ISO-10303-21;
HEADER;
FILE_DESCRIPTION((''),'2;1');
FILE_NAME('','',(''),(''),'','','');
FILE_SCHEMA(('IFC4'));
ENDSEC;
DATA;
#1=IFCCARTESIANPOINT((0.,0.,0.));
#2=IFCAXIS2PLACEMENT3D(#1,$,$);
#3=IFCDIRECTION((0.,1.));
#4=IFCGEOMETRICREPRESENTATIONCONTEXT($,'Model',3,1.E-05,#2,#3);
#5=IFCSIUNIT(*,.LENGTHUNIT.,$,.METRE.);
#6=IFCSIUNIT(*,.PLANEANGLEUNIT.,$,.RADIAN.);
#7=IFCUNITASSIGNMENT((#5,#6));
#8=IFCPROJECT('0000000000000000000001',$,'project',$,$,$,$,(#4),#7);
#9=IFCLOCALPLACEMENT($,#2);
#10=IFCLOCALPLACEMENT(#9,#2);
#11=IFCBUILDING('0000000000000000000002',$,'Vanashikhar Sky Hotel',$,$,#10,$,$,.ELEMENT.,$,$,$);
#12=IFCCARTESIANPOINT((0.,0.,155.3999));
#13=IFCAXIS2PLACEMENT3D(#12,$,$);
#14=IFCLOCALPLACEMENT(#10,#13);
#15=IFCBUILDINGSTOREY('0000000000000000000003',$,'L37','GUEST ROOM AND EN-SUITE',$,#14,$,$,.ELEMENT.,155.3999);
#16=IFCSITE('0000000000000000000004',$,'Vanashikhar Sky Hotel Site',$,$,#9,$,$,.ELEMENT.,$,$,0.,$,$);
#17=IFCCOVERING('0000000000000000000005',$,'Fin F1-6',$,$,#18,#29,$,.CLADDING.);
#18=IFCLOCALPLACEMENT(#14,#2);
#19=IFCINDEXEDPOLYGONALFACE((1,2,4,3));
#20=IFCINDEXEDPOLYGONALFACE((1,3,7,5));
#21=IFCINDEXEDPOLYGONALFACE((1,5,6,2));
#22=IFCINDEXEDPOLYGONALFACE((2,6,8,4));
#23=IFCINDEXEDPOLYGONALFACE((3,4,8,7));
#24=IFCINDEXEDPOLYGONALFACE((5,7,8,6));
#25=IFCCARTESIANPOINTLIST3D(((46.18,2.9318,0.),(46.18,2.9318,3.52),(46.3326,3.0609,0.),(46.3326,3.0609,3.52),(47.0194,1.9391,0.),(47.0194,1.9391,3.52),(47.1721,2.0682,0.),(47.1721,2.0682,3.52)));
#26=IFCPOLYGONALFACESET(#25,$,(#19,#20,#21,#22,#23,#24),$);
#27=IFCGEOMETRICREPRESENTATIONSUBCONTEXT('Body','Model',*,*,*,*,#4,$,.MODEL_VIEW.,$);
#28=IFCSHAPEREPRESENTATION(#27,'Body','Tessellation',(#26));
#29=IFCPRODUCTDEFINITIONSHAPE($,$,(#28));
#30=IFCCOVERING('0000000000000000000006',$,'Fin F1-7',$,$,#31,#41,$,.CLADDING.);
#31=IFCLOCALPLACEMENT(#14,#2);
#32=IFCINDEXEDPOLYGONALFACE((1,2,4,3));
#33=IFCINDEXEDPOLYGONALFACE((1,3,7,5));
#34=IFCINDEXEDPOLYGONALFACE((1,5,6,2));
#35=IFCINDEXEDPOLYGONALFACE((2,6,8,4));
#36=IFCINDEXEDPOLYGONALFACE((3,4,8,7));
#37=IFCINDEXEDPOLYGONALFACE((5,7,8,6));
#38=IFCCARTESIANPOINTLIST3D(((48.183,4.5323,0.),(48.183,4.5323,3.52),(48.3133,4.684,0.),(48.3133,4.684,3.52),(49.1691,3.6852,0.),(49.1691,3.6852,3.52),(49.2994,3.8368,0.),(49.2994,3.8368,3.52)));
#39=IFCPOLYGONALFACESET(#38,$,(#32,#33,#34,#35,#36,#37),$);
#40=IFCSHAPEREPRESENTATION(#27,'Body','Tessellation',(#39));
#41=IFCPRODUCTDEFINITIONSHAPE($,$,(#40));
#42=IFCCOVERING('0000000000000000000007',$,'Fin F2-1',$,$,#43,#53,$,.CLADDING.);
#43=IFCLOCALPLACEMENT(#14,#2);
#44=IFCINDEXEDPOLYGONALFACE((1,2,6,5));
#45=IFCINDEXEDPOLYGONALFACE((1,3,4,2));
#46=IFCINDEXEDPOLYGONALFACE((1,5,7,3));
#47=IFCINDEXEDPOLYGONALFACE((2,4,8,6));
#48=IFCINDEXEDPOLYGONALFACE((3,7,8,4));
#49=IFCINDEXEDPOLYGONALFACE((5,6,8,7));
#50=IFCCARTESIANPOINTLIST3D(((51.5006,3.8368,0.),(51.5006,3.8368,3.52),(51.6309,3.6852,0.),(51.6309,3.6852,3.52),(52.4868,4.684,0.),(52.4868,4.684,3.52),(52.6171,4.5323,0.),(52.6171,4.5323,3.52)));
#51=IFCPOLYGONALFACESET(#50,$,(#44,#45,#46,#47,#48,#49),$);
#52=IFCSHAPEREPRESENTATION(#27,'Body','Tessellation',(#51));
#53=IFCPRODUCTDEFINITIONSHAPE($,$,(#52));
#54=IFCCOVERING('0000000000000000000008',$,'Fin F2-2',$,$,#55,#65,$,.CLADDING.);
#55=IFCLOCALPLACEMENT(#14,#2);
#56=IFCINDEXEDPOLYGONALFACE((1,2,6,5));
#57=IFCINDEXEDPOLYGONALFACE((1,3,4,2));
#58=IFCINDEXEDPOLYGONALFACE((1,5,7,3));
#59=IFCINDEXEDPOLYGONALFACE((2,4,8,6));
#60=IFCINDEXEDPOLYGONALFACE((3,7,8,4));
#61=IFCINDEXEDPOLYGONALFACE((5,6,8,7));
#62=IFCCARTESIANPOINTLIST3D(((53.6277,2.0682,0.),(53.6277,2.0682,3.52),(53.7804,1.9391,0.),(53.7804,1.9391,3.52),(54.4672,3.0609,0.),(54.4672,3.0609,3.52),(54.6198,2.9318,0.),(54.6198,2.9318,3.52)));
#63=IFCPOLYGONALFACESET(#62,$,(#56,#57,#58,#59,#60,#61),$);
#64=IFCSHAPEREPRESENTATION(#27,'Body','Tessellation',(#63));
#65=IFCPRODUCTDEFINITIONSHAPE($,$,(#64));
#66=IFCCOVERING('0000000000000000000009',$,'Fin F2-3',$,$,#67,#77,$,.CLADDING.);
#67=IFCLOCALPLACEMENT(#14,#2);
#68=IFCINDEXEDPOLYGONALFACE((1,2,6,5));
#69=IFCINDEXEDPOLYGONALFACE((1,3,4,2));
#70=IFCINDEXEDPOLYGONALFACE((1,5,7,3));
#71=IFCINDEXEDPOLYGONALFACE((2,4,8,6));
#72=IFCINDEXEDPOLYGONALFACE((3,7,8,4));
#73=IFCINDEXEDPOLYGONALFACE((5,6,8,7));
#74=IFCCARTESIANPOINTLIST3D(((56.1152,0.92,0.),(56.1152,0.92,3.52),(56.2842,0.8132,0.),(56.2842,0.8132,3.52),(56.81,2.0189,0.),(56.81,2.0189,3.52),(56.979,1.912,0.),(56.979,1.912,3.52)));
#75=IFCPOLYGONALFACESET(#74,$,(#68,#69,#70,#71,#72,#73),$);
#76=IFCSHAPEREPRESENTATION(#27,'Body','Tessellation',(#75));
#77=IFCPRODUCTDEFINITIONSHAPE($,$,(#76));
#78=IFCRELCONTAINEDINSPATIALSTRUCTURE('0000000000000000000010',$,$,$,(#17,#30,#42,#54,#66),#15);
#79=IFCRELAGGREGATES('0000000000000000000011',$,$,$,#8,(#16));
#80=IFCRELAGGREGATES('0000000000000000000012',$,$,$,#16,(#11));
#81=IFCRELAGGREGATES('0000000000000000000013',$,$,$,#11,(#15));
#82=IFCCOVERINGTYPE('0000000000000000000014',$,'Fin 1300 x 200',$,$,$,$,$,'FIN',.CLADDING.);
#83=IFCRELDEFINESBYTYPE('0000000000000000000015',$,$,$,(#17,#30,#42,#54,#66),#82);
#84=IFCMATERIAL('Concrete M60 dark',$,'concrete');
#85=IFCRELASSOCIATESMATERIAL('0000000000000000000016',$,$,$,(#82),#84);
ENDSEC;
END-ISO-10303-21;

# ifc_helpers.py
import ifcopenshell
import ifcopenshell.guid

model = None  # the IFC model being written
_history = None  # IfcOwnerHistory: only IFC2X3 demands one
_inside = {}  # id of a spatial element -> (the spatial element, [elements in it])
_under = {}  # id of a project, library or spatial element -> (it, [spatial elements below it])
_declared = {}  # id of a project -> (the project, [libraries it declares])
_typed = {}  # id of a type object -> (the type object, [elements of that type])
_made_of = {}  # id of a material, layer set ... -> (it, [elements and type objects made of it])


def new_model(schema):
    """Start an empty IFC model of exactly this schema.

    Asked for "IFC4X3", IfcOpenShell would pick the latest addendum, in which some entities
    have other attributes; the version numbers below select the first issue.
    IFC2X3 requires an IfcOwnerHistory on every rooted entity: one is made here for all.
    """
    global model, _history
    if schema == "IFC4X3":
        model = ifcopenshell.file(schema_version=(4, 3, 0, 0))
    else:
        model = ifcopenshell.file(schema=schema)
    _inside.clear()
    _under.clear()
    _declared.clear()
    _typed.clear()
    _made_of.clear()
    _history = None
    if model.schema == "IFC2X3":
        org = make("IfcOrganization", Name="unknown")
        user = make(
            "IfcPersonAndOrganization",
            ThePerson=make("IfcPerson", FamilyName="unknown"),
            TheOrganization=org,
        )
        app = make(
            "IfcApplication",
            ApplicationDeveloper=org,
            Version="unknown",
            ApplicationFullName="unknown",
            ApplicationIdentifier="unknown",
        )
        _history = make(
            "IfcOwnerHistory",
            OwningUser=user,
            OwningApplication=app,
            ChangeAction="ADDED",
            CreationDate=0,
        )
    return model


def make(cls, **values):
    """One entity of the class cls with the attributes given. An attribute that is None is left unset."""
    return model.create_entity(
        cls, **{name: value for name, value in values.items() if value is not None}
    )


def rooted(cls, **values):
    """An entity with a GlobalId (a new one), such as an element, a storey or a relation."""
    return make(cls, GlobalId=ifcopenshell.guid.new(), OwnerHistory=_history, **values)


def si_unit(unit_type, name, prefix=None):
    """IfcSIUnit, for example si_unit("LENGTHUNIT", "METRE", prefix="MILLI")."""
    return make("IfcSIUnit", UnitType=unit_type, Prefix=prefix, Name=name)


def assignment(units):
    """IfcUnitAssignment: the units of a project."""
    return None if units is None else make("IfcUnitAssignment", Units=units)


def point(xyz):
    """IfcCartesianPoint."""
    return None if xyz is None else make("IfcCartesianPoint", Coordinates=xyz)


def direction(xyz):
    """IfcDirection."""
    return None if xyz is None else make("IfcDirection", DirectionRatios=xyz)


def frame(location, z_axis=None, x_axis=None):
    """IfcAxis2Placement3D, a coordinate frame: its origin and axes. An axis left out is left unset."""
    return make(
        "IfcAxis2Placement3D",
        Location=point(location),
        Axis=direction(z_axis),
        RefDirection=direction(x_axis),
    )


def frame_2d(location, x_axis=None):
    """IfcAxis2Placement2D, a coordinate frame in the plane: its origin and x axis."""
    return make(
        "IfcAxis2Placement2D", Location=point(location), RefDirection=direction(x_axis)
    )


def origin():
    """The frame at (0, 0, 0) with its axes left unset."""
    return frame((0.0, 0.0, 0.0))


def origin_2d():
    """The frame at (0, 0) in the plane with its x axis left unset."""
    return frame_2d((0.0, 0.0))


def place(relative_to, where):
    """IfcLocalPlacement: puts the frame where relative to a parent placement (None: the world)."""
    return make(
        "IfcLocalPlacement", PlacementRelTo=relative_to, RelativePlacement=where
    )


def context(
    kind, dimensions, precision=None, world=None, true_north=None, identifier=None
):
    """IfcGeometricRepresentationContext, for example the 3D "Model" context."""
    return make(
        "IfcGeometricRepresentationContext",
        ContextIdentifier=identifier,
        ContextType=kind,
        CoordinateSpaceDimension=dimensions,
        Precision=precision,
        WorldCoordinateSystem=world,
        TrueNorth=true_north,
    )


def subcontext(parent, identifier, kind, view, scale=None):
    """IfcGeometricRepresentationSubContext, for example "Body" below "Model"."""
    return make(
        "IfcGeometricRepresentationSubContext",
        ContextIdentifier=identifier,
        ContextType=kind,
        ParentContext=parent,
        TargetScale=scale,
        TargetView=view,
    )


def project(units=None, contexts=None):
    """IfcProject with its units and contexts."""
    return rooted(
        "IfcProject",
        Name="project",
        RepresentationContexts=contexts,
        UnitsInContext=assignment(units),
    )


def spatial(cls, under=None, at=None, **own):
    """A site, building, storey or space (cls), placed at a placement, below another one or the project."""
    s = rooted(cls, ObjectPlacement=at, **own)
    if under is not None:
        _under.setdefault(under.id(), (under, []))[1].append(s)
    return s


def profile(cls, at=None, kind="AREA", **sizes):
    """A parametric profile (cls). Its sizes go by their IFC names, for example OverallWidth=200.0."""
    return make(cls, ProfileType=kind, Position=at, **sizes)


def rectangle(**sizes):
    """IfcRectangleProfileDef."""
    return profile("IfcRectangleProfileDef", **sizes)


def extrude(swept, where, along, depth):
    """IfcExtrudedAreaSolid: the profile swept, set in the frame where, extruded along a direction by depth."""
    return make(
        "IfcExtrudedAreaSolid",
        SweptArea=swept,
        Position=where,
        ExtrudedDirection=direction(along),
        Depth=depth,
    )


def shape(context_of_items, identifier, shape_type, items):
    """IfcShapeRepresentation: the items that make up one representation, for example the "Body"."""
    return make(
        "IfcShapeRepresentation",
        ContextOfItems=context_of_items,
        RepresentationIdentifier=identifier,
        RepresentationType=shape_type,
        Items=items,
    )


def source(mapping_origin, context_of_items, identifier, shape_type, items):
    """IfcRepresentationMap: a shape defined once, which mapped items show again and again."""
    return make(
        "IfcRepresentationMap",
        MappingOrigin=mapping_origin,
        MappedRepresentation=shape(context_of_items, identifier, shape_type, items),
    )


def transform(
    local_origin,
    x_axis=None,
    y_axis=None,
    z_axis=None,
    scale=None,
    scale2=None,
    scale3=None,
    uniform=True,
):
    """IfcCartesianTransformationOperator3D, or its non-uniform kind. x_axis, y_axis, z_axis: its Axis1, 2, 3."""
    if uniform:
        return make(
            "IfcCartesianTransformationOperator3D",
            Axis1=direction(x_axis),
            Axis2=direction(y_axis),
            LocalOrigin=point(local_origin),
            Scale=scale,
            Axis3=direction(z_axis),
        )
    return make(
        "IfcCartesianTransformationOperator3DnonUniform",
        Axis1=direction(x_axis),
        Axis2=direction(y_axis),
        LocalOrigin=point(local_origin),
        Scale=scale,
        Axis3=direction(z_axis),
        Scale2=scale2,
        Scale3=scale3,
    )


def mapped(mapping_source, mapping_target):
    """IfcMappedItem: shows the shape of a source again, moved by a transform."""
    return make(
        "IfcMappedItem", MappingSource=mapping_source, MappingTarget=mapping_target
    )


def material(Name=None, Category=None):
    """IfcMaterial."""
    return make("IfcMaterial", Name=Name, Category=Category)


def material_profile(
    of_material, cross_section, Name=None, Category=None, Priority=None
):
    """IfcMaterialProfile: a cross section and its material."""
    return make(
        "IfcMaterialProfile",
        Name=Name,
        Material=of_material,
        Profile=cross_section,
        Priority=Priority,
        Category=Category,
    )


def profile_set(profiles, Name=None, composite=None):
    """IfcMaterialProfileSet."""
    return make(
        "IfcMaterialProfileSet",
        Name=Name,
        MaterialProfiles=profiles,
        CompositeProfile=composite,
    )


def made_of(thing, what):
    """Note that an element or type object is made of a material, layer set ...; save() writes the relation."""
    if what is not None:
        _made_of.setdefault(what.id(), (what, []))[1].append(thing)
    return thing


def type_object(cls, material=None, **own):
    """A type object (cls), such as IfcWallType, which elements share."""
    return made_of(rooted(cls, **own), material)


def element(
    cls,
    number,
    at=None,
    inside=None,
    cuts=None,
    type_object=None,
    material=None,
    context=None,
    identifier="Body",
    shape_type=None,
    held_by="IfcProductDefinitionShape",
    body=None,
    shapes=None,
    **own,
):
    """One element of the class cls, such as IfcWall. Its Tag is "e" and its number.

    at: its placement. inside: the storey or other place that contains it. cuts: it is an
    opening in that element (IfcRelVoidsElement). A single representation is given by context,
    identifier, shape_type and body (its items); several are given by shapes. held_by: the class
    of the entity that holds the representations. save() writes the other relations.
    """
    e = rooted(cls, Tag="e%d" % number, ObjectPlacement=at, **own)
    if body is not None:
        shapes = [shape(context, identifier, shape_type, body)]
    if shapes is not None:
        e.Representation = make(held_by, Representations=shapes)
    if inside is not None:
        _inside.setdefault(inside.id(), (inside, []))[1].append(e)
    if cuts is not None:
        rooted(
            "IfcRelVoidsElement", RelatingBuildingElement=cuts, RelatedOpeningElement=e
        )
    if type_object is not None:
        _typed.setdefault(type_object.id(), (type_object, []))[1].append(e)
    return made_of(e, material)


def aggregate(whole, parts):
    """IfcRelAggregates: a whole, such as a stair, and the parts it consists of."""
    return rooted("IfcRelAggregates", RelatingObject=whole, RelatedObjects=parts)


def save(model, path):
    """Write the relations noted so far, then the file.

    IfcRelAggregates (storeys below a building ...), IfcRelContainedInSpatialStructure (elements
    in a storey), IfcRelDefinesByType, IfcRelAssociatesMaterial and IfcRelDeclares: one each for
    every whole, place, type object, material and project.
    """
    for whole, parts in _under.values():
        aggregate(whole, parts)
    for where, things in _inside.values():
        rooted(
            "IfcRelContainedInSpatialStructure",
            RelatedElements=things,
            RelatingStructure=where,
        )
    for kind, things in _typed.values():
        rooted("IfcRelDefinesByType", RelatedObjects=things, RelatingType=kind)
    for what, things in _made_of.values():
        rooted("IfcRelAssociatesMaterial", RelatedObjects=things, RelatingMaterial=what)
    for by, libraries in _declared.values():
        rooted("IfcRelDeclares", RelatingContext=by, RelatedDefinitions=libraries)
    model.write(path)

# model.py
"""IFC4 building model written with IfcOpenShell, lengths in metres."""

from ifc_helpers import new_model, si_unit, direction, frame, origin, origin_2d, place, context, subcontext, project, spatial, rectangle, extrude, source, transform, mapped, material, material_profile, profile_set, type_object, element, save


model = new_model("IFC4")

# Units and contexts
model_context = context("Model", 3, precision=1e-05, world=origin(), true_north=direction((0.0, 1.0)))
body_context = subcontext(model_context, "Body", "Model", "MODEL_VIEW")
ifc_project = project(units=[si_unit("LENGTHUNIT", "METRE"), si_unit("PLANEANGLEUNIT", "RADIAN")], contexts=[model_context])

# Site, building, storey
site_placement = place(None, origin())
site = spatial("IfcSite", under=ifc_project, at=site_placement, Name="Vanashikhar Sky Hotel Site", CompositionType="ELEMENT", RefElevation=0.0)
building_placement = place(site_placement, origin())
building = spatial("IfcBuilding", under=site, at=building_placement, Name="Vanashikhar Sky Hotel", CompositionType="ELEMENT")
storey_placement = place(building_placement, frame((0.0, 0.0, 155.3999)))
storey = spatial("IfcBuildingStorey", under=building, at=storey_placement, Name="L37", Description="GUEST ROOM AND EN-SUITE", CompositionType="ELEMENT", Elevation=155.3999)

# Coverings
ifc_material_1 = material(Name="Concrete M60 dark", Category="concrete")
ifc_material_profile = material_profile(ifc_material_1, rectangle(XDim=1.3, YDim=0.2, at=origin_2d()))
ifc_profile_set = profile_set([ifc_material_profile], Name="Fin 1300 x 200")
covering_type = type_object("IfcCoveringType", Name="Fin 1300 x 200", ElementType="FIN", PredefinedType="CLADDING", material=ifc_profile_set)
shared_shape_1 = source(origin(), body_context, "Body", "SweptSolid", [
    extrude(rectangle(XDim=1.3, YDim=0.2, at=origin_2d()), origin(), (0.0, 0.0, 1.0), 3.52),
])
for number, where, z_axis, x_axis, name in (
    (1, (46.676, 2.5, 0.0), (0.0, 0.0, 1.0), (0.645698, -0.763593, 0.0), "Fin F1-6"),
    (2, (48.7412, 4.1846, 0.0), (0.0, 0.0, 1.0), (0.758544, -0.651622, 0.0), "Fin F1-7"),
    (3, (52.0588, 4.1846, 0.0), (0.0, 0.0, 1.0), (-0.758544, -0.651622, 0.0), "Fin F2-1"),
    (4, (54.1238, 2.5, 0.0), (0.0, 0.0, 1.0), (-0.645698, -0.763593, 0.0), "Fin F2-2"),
    (5, (56.5471, 1.416, 0.0), (0.0, 0.0, 1.0), (-0.534411, -0.845225, 0.0), "Fin F2-3"),
):
    element("IfcCovering", number, at=place(storey_placement, frame(where, z_axis=z_axis, x_axis=x_axis)), inside=storey, type_object=covering_type, Name=name, PredefinedType="CLADDING", context=body_context, shape_type="MappedRepresentation", body=[
        mapped(shared_shape_1, transform((0.0, 0.0, 0.0), scale=1.0)),
    ])

save(model, "model.ifc")
